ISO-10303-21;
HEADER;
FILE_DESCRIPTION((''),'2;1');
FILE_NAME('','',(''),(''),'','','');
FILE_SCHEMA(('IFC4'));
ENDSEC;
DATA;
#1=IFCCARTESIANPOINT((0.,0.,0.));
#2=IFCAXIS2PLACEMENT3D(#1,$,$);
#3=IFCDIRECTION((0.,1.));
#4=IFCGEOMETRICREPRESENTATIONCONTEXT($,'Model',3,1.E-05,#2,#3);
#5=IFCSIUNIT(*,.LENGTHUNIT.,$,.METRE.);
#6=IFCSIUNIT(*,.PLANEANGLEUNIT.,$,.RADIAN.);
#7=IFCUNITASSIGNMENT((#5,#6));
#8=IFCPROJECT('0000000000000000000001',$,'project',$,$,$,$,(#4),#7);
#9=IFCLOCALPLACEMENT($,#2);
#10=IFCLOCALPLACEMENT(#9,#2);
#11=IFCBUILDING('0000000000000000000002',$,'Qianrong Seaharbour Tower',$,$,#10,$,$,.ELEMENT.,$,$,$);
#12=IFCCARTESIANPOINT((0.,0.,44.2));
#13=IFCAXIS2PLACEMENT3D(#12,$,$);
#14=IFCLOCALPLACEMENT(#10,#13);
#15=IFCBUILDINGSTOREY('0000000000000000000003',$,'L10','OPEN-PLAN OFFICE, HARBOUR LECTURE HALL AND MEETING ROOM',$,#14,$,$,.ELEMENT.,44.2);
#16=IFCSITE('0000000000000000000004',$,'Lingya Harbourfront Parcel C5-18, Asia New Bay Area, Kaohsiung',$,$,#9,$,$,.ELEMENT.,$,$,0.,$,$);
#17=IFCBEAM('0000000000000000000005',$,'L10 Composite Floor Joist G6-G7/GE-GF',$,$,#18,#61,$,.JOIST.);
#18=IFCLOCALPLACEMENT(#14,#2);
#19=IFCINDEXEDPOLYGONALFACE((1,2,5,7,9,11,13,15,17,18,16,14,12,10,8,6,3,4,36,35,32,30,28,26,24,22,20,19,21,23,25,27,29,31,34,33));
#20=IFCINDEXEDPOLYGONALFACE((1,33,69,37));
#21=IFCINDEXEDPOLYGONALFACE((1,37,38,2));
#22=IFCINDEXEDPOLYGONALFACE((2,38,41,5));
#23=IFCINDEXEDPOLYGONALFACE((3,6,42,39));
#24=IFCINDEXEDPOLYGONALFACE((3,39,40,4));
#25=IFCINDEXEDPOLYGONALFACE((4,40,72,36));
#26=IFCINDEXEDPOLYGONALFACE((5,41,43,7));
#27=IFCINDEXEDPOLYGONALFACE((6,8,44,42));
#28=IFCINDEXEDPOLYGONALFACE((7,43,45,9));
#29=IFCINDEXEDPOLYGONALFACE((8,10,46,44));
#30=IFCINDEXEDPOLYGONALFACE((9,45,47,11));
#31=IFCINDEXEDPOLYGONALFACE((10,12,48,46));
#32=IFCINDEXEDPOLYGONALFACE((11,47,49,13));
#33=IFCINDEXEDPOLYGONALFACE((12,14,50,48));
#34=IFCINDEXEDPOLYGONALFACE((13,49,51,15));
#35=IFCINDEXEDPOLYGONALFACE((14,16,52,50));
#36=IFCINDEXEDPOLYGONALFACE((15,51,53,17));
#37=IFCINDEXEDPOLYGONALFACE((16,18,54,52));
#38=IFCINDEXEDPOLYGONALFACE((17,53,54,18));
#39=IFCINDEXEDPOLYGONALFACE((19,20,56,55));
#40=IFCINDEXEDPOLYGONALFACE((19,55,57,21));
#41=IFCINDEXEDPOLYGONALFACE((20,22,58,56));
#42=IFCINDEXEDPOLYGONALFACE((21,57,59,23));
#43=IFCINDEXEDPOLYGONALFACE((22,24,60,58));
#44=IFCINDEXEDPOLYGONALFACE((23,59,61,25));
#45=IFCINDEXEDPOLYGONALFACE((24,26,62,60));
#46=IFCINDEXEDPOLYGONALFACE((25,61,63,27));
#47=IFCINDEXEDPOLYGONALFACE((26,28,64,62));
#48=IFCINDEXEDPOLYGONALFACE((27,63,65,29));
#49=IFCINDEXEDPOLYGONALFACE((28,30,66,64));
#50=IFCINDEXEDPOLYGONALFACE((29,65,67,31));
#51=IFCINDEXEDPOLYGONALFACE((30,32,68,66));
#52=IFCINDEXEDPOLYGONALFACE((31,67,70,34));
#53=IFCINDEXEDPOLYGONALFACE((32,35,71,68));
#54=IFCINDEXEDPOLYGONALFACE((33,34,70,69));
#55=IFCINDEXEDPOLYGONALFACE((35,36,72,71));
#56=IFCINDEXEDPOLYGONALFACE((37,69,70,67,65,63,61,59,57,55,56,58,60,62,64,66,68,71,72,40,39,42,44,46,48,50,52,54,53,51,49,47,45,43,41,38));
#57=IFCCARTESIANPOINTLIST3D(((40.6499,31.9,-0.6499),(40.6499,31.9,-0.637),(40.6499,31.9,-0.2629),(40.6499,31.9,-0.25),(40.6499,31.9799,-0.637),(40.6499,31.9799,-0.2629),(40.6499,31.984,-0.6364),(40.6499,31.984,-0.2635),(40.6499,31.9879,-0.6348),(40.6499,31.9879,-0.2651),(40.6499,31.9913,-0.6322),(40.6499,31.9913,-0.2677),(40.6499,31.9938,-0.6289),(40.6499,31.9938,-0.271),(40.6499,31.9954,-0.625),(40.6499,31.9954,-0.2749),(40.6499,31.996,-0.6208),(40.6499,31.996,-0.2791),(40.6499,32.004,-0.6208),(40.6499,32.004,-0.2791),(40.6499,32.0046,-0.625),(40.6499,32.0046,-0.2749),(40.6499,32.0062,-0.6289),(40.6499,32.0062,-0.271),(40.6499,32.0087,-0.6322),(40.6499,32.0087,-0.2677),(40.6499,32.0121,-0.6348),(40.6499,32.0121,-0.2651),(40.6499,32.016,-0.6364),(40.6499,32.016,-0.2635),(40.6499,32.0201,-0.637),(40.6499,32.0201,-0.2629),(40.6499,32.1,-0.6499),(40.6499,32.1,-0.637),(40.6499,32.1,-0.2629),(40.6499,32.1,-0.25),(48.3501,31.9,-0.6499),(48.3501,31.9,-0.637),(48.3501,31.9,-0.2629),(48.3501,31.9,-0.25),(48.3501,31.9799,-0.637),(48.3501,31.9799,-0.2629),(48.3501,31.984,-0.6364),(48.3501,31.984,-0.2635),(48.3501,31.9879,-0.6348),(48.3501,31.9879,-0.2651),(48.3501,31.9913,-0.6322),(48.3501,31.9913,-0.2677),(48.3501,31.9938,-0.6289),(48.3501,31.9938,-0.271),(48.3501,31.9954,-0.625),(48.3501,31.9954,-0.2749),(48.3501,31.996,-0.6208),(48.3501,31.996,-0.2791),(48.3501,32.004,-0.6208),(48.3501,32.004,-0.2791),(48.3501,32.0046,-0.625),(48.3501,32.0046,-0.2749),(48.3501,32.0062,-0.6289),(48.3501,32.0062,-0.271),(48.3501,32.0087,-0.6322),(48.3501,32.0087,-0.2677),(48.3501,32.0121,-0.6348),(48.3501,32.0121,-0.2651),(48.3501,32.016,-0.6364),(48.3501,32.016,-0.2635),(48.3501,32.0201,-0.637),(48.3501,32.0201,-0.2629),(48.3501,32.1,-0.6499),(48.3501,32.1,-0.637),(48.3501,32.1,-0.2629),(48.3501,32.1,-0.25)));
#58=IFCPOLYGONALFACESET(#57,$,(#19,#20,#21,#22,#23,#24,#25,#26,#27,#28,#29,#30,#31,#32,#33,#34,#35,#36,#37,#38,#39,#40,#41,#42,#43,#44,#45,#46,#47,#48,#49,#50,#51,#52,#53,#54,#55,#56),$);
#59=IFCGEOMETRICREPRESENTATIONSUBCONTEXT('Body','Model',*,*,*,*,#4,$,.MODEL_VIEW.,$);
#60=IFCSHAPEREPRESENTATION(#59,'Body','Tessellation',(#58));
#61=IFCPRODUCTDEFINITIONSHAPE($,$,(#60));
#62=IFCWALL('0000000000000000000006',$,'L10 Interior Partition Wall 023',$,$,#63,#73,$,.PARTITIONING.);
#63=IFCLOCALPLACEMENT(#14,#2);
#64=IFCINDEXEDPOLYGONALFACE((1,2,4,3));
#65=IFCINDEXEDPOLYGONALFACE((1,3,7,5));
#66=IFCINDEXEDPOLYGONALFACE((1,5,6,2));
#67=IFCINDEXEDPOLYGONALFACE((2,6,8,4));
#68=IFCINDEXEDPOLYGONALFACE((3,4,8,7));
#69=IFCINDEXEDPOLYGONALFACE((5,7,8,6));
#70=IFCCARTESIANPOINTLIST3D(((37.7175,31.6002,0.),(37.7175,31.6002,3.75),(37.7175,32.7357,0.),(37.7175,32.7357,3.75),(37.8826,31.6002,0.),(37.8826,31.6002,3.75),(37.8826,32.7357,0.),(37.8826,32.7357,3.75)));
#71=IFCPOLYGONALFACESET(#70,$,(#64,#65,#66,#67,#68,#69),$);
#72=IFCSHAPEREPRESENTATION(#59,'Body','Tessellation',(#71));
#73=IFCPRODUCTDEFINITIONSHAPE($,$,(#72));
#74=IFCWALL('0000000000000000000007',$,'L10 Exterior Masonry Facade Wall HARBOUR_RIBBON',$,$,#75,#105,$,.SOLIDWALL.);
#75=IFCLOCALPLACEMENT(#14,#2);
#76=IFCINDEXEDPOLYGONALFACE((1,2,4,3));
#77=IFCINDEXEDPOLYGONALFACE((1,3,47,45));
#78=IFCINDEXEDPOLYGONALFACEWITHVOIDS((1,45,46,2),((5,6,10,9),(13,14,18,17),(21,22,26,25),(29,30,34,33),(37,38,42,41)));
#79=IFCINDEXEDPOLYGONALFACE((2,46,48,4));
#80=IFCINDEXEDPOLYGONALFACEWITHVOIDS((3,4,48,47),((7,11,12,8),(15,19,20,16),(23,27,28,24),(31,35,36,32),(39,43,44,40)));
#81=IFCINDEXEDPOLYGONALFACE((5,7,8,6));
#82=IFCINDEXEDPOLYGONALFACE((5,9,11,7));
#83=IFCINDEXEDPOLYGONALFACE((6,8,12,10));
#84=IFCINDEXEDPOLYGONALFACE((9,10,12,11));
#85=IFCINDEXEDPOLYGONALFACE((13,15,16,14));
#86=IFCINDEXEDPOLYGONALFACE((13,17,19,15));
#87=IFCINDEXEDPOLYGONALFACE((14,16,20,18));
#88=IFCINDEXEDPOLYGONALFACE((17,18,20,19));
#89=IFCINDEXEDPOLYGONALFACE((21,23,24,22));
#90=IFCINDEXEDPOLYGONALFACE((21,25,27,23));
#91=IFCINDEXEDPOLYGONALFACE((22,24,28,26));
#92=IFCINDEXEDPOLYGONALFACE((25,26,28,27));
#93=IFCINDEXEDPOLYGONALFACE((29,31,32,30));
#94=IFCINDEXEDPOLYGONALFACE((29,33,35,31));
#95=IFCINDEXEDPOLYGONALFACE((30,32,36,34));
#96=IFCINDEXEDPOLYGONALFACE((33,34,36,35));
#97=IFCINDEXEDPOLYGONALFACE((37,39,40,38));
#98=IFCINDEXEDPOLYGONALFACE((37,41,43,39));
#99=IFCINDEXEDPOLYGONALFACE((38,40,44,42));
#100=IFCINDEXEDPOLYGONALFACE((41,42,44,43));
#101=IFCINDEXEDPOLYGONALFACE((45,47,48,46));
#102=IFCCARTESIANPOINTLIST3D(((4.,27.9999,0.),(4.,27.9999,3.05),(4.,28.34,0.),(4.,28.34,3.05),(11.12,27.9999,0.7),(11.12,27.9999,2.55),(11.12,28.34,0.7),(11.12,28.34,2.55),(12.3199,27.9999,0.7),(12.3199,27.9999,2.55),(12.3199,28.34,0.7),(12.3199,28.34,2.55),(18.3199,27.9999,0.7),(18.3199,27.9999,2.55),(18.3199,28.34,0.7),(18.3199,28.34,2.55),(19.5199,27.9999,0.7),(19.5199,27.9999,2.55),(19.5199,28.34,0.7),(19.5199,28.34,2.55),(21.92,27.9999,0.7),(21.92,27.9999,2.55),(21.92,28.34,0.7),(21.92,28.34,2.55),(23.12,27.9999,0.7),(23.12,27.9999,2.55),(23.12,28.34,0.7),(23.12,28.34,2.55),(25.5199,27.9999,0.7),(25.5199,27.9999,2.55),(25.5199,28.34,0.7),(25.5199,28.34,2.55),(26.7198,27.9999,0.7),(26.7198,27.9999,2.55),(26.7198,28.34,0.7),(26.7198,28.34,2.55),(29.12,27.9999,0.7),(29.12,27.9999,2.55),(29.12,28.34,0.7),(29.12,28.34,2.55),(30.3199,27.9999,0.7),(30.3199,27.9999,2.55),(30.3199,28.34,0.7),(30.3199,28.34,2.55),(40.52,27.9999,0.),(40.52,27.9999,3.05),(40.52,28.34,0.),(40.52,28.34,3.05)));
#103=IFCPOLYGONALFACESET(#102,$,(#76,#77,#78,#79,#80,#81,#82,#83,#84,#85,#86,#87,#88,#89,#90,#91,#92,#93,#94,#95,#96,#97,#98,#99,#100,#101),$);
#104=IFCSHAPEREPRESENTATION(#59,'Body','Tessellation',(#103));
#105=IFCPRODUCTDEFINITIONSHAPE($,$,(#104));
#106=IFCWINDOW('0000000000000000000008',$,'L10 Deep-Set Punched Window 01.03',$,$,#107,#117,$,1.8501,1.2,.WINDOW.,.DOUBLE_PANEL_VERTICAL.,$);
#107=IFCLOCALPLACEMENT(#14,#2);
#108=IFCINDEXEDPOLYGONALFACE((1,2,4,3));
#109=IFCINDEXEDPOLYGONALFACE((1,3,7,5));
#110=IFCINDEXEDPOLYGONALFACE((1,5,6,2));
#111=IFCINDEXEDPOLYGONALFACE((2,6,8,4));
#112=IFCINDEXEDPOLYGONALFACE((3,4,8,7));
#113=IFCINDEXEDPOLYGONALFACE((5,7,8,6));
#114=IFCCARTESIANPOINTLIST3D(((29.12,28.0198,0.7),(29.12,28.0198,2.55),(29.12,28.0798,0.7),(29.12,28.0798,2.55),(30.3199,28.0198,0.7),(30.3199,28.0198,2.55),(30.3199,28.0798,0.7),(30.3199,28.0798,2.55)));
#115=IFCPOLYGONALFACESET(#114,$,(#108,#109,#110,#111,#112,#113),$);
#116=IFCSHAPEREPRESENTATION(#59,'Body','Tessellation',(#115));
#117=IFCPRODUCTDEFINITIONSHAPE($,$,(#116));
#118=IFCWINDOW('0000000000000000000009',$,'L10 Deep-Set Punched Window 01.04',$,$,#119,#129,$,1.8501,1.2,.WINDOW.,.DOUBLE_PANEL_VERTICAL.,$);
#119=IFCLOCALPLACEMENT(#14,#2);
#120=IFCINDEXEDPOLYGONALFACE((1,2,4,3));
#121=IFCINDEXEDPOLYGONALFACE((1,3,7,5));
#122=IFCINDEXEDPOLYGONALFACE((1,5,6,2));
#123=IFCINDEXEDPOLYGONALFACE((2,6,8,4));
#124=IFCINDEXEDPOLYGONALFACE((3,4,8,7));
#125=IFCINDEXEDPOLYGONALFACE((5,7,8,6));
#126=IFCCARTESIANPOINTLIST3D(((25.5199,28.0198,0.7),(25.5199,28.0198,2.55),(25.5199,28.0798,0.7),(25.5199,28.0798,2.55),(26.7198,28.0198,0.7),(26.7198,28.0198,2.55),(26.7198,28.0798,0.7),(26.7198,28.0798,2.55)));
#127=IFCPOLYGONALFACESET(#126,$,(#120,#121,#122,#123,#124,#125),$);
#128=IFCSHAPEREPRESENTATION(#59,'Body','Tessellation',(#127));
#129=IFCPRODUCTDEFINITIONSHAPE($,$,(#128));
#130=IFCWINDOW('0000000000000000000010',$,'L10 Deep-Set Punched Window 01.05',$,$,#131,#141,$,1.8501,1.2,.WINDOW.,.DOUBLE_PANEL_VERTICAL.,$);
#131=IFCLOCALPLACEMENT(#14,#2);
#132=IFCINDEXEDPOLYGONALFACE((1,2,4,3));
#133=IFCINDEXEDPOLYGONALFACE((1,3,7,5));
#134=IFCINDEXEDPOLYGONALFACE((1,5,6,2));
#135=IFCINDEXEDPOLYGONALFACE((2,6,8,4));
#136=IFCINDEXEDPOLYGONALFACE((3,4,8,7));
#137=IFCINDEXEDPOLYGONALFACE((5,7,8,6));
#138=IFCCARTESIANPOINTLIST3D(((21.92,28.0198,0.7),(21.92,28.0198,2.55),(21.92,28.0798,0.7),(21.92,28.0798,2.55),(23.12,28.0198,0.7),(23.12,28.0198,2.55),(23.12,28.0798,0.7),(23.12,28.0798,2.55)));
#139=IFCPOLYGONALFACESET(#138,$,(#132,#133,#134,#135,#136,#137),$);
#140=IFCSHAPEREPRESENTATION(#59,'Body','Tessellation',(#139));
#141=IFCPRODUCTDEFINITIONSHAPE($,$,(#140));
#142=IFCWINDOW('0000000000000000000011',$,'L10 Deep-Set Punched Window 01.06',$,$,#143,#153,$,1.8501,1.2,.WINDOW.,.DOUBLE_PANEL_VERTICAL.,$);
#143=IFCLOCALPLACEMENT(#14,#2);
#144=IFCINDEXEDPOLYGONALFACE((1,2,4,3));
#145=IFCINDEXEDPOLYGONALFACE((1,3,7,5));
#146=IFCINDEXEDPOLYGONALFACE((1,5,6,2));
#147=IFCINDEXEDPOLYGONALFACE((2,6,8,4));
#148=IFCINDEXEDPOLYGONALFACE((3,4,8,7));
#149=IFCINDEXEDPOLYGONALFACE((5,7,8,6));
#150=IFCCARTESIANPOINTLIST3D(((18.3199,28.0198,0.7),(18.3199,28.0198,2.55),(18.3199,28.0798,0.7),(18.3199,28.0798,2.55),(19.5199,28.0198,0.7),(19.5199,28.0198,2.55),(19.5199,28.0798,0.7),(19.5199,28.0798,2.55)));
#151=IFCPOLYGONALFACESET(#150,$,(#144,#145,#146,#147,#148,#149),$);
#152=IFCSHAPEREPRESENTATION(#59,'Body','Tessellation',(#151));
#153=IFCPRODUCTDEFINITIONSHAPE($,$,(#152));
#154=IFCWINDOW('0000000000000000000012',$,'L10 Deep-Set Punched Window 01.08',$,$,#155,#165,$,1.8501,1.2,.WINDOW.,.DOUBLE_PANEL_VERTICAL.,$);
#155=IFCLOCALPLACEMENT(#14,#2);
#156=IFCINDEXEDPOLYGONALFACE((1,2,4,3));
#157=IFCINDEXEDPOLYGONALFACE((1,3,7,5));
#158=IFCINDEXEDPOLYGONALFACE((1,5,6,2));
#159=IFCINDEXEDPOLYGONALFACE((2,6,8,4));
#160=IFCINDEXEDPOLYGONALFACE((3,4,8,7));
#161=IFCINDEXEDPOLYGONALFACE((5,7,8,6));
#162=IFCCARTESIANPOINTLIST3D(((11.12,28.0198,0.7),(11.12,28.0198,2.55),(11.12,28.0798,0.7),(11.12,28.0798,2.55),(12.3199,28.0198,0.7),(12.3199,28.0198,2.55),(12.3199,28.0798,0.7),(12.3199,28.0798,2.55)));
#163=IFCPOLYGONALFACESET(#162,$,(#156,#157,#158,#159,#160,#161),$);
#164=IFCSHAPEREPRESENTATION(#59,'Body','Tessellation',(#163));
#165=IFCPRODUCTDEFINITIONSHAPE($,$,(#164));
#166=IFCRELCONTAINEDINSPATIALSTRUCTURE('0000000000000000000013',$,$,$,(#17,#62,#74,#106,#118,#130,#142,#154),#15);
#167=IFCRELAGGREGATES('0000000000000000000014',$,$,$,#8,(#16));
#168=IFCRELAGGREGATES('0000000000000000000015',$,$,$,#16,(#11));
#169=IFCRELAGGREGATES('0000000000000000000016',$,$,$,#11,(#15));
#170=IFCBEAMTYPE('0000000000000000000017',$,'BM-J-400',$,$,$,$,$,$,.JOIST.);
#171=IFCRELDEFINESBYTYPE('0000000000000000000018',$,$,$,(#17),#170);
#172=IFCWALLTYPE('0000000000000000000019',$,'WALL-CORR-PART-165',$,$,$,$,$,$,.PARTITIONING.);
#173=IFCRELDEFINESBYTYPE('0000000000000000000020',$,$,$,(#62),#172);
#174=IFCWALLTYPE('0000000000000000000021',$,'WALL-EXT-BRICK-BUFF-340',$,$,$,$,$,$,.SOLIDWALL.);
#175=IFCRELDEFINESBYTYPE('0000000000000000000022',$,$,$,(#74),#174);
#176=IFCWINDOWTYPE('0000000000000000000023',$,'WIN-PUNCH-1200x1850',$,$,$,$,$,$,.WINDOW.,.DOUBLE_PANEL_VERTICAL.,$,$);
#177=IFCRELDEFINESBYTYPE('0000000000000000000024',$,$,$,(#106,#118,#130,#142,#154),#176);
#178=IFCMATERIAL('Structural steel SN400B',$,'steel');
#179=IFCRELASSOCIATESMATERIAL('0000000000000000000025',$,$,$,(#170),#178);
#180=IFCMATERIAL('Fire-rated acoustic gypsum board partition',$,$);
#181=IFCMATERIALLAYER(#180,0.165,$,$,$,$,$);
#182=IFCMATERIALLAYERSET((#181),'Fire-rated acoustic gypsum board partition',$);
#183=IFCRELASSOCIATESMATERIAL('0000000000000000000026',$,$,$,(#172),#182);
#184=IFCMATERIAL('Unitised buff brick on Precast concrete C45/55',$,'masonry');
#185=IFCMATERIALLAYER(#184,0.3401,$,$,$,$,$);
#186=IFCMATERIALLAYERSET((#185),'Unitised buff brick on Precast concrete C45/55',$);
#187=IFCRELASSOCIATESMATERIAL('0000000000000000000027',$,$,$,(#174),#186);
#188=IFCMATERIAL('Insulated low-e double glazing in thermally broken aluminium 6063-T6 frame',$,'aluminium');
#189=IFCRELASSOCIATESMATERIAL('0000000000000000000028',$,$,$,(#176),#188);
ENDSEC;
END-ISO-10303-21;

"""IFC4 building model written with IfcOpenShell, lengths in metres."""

from ifc_helpers import new_model, si_unit, direction, frame, frame_2d, origin, origin_2d, place, context, subcontext, project, spatial, rectangle, i_section, extrude, material, layer, layer_set, material_profile, profile_set, type_object, element, fill, save


model = new_model("IFC4")

# Units and contexts
model_context = context("Model", 3, precision=1e-05, world=origin(), true_north=direction((0.0, 1.0)))
body_context = subcontext(model_context, "Body", "Model", "MODEL_VIEW")
ifc_project = project(units=[si_unit("LENGTHUNIT", "METRE"), si_unit("PLANEANGLEUNIT", "RADIAN")], contexts=[model_context])

# Site, building, storey
site_placement = place(None, origin())
site = spatial("IfcSite", under=ifc_project, at=site_placement, Name="Lingya Harbourfront Parcel C5-18, Asia New Bay Area, Kaohsiung", CompositionType="ELEMENT", RefElevation=0.0)
building_placement = place(site_placement, origin())
building = spatial("IfcBuilding", under=site, at=building_placement, Name="Qianrong Seaharbour Tower", CompositionType="ELEMENT")
storey_placement = place(building_placement, frame((0.0, 0.0, 44.2)))
storey = spatial("IfcBuildingStorey", under=building, at=storey_placement, Name="L10", Description="OPEN-PLAN OFFICE, HARBOUR LECTURE HALL AND MEETING ROOM", CompositionType="ELEMENT", Elevation=44.2)

# Beam
ifc_material_1 = material(Name="Structural steel SN400B", Category="steel")
ifc_material_profile_1 = material_profile(ifc_material_1, i_section(OverallWidth=0.2, OverallDepth=0.3999, WebThickness=0.0081, FlangeThickness=0.0129, FilletRadius=0.0161, at=origin_2d()), Name="H400x200x8x13")
ifc_profile_set_1 = profile_set([ifc_material_profile_1], Name="Structural steel SN400B")
beam_type_1 = type_object("IfcBeamType", Name="BM-J-400", PredefinedType="JOIST", material=ifc_profile_set_1)
for number, where, z_axis, x_axis, name in (
    (1, (40.6499, 32.0, -0.45), (1.0, 0.0, 0.0), (0.0, 1.0, 0.0), "L10 Composite Floor Joist G6-G7/GE-GF"),
):
    element("IfcBeam", number, at=place(storey_placement, frame(where, z_axis=z_axis, x_axis=x_axis)), inside=storey, type_object=beam_type_1, Name=name, PredefinedType="JOIST", context=body_context, shape_type="SweptSolid", body=[
        extrude(i_section(OverallWidth=0.2, OverallDepth=0.3999, WebThickness=0.0081, FlangeThickness=0.0129, FilletRadius=0.0161, at=origin_2d()), origin(), (0.0, 0.0, 1.0), 7.7002),
    ])

# Wall
ifc_material_2 = material(Name="Fire-rated acoustic gypsum board partition")
ifc_layer_1 = layer(ifc_material_2, 0.165)
ifc_layer_set_1 = layer_set([ifc_layer_1], Name="Fire-rated acoustic gypsum board partition")
wall_type_1 = type_object("IfcWallType", Name="WALL-CORR-PART-165", PredefinedType="PARTITIONING", material=ifc_layer_set_1)
wall_1_placement = place(storey_placement, frame((37.8, 31.6001, 0.0), z_axis=(0.0, 0.0, 1.0), x_axis=(0.0, 1.0, 0.0)))
element("IfcWall", 2, at=wall_1_placement, inside=storey, type_object=wall_type_1, Name="L10 Interior Partition Wall 023", PredefinedType="PARTITIONING", context=body_context, shape_type="SweptSolid", body=[
    extrude(rectangle(XDim=1.1355, YDim=0.165, at=frame_2d((0.5679, 0.0))), origin(), (0.0, 0.0, 1.0), 3.75),
])

# Wall, openings, windows
ifc_material_3 = material(Name="Unitised buff brick on Precast concrete C45/55", Category="masonry")
ifc_layer_2 = layer(ifc_material_3, 0.3401)
ifc_layer_set_2 = layer_set([ifc_layer_2], Name="Unitised buff brick on Precast concrete C45/55")
wall_type_2 = type_object("IfcWallType", Name="WALL-EXT-BRICK-BUFF-340", PredefinedType="SOLIDWALL", material=ifc_layer_set_2)
wall_2_placement = place(storey_placement, frame((40.52, 28.1699, 0.0), z_axis=(0.0, 0.0, 1.0), x_axis=(-1.0, 0.0, 0.0)))
wall_2 = element("IfcWall", 3, at=wall_2_placement, inside=storey, type_object=wall_type_2, Name="L10 Exterior Masonry Facade Wall HARBOUR_RIBBON", PredefinedType="SOLIDWALL", context=body_context, shape_type="SweptSolid", body=[
    extrude(rectangle(XDim=36.52, YDim=0.3401, at=frame_2d((18.26, 0.0))), origin(), (0.0, 0.0, 1.0), 3.05),
])
opening_1_placement = place(wall_2_placement, frame((10.2, 0.0, 0.7)))
opening_1 = element("IfcOpeningElement", 4, at=opening_1_placement, cuts=wall_2, PredefinedType="OPENING", context=body_context, shape_type="SweptSolid", body=[
    extrude(rectangle(XDim=1.2, YDim=1.8501, at=frame_2d((0.6001, 0.925))), frame((0.0, 0.1802, 0.0), z_axis=(0.0, -1.0, 0.0), x_axis=(1.0, 0.0, 0.0)), (0.0, 0.0, 1.0), 0.3601),
])
opening_2_placement = place(wall_2_placement, frame((13.8, 0.0, 0.7)))
opening_2 = element("IfcOpeningElement", 5, at=opening_2_placement, cuts=wall_2, PredefinedType="OPENING", context=body_context, shape_type="SweptSolid", body=[
    extrude(rectangle(XDim=1.2, YDim=1.8501, at=frame_2d((0.6001, 0.925))), frame((0.0, 0.1802, 0.0), z_axis=(0.0, -1.0, 0.0), x_axis=(1.0, 0.0, 0.0)), (0.0, 0.0, 1.0), 0.3601),
])
opening_3_placement = place(wall_2_placement, frame((17.3999, 0.0, 0.7)))
opening_3 = element("IfcOpeningElement", 6, at=opening_3_placement, cuts=wall_2, PredefinedType="OPENING", context=body_context, shape_type="SweptSolid", body=[
    extrude(rectangle(XDim=1.2, YDim=1.8501, at=frame_2d((0.6001, 0.925))), frame((0.0, 0.1802, 0.0), z_axis=(0.0, -1.0, 0.0), x_axis=(1.0, 0.0, 0.0)), (0.0, 0.0, 1.0), 0.3601),
])
opening_4_placement = place(wall_2_placement, frame((21.0, 0.0, 0.7)))
opening_4 = element("IfcOpeningElement", 7, at=opening_4_placement, cuts=wall_2, PredefinedType="OPENING", context=body_context, shape_type="SweptSolid", body=[
    extrude(rectangle(XDim=1.2, YDim=1.8501, at=frame_2d((0.6001, 0.925))), frame((0.0, 0.1802, 0.0), z_axis=(0.0, -1.0, 0.0), x_axis=(1.0, 0.0, 0.0)), (0.0, 0.0, 1.0), 0.3601),
])
opening_5_placement = place(wall_2_placement, frame((28.2, 0.0, 0.7)))
opening_5 = element("IfcOpeningElement", 8, at=opening_5_placement, cuts=wall_2, PredefinedType="OPENING", context=body_context, shape_type="SweptSolid", body=[
    extrude(rectangle(XDim=1.2, YDim=1.8501, at=frame_2d((0.6001, 0.925))), frame((0.0, 0.1802, 0.0), z_axis=(0.0, -1.0, 0.0), x_axis=(1.0, 0.0, 0.0)), (0.0, 0.0, 1.0), 0.3601),
])
ifc_material_4 = material(Name="Insulated low-e double glazing in thermally broken aluminium 6063-T6 frame", Category="aluminium")
window_type = type_object("IfcWindowType", Name="WIN-PUNCH-1200x1850", PartitioningType="DOUBLE_PANEL_VERTICAL", PredefinedType="WINDOW", material=ifc_material_4)
window_1_placement = place(opening_1_placement, origin())
window_1 = element("IfcWindow", 9, at=window_1_placement, inside=storey, type_object=window_type, Name="L10 Deep-Set Punched Window 01.03", OverallHeight=1.8501, OverallWidth=1.2, PartitioningType="DOUBLE_PANEL_VERTICAL", PredefinedType="WINDOW", context=body_context, shape_type="SweptSolid", body=[
    extrude(rectangle(XDim=1.2, YDim=1.8501, at=frame_2d((0.6001, 0.925))), frame((0.0, 0.1501, 0.0), z_axis=(0.0, -1.0, 0.0), x_axis=(1.0, 0.0, 0.0)), (0.0, 0.0, 1.0), 0.0601),
])
fill(opening_1, window_1)
window_2_placement = place(opening_2_placement, origin())
window_2 = element("IfcWindow", 10, at=window_2_placement, inside=storey, type_object=window_type, Name="L10 Deep-Set Punched Window 01.04", OverallHeight=1.8501, OverallWidth=1.2, PartitioningType="DOUBLE_PANEL_VERTICAL", PredefinedType="WINDOW", context=body_context, shape_type="SweptSolid", body=[
    extrude(rectangle(XDim=1.2, YDim=1.8501, at=frame_2d((0.6001, 0.925))), frame((0.0, 0.1501, 0.0), z_axis=(0.0, -1.0, 0.0), x_axis=(1.0, 0.0, 0.0)), (0.0, 0.0, 1.0), 0.0601),
])
fill(opening_2, window_2)
window_3_placement = place(opening_3_placement, origin())
window_3 = element("IfcWindow", 11, at=window_3_placement, inside=storey, type_object=window_type, Name="L10 Deep-Set Punched Window 01.05", OverallHeight=1.8501, OverallWidth=1.2, PartitioningType="DOUBLE_PANEL_VERTICAL", PredefinedType="WINDOW", context=body_context, shape_type="SweptSolid", body=[
    extrude(rectangle(XDim=1.2, YDim=1.8501, at=frame_2d((0.6001, 0.925))), frame((0.0, 0.1501, 0.0), z_axis=(0.0, -1.0, 0.0), x_axis=(1.0, 0.0, 0.0)), (0.0, 0.0, 1.0), 0.0601),
])
fill(opening_3, window_3)
window_4_placement = place(opening_4_placement, origin())
window_4 = element("IfcWindow", 12, at=window_4_placement, inside=storey, type_object=window_type, Name="L10 Deep-Set Punched Window 01.06", OverallHeight=1.8501, OverallWidth=1.2, PartitioningType="DOUBLE_PANEL_VERTICAL", PredefinedType="WINDOW", context=body_context, shape_type="SweptSolid", body=[
    extrude(rectangle(XDim=1.2, YDim=1.8501, at=frame_2d((0.6001, 0.925))), frame((0.0, 0.1501, 0.0), z_axis=(0.0, -1.0, 0.0), x_axis=(1.0, 0.0, 0.0)), (0.0, 0.0, 1.0), 0.0601),
])
fill(opening_4, window_4)
window_5_placement = place(opening_5_placement, origin())
window_5 = element("IfcWindow", 13, at=window_5_placement, inside=storey, type_object=window_type, Name="L10 Deep-Set Punched Window 01.08", OverallHeight=1.8501, OverallWidth=1.2, PartitioningType="DOUBLE_PANEL_VERTICAL", PredefinedType="WINDOW", context=body_context, shape_type="SweptSolid", body=[
    extrude(rectangle(XDim=1.2, YDim=1.8501, at=frame_2d((0.6001, 0.925))), frame((0.0, 0.1501, 0.0), z_axis=(0.0, -1.0, 0.0), x_axis=(1.0, 0.0, 0.0)), (0.0, 0.0, 1.0), 0.0601),
])
fill(opening_5, window_5)

save(model, "model.ifc")
